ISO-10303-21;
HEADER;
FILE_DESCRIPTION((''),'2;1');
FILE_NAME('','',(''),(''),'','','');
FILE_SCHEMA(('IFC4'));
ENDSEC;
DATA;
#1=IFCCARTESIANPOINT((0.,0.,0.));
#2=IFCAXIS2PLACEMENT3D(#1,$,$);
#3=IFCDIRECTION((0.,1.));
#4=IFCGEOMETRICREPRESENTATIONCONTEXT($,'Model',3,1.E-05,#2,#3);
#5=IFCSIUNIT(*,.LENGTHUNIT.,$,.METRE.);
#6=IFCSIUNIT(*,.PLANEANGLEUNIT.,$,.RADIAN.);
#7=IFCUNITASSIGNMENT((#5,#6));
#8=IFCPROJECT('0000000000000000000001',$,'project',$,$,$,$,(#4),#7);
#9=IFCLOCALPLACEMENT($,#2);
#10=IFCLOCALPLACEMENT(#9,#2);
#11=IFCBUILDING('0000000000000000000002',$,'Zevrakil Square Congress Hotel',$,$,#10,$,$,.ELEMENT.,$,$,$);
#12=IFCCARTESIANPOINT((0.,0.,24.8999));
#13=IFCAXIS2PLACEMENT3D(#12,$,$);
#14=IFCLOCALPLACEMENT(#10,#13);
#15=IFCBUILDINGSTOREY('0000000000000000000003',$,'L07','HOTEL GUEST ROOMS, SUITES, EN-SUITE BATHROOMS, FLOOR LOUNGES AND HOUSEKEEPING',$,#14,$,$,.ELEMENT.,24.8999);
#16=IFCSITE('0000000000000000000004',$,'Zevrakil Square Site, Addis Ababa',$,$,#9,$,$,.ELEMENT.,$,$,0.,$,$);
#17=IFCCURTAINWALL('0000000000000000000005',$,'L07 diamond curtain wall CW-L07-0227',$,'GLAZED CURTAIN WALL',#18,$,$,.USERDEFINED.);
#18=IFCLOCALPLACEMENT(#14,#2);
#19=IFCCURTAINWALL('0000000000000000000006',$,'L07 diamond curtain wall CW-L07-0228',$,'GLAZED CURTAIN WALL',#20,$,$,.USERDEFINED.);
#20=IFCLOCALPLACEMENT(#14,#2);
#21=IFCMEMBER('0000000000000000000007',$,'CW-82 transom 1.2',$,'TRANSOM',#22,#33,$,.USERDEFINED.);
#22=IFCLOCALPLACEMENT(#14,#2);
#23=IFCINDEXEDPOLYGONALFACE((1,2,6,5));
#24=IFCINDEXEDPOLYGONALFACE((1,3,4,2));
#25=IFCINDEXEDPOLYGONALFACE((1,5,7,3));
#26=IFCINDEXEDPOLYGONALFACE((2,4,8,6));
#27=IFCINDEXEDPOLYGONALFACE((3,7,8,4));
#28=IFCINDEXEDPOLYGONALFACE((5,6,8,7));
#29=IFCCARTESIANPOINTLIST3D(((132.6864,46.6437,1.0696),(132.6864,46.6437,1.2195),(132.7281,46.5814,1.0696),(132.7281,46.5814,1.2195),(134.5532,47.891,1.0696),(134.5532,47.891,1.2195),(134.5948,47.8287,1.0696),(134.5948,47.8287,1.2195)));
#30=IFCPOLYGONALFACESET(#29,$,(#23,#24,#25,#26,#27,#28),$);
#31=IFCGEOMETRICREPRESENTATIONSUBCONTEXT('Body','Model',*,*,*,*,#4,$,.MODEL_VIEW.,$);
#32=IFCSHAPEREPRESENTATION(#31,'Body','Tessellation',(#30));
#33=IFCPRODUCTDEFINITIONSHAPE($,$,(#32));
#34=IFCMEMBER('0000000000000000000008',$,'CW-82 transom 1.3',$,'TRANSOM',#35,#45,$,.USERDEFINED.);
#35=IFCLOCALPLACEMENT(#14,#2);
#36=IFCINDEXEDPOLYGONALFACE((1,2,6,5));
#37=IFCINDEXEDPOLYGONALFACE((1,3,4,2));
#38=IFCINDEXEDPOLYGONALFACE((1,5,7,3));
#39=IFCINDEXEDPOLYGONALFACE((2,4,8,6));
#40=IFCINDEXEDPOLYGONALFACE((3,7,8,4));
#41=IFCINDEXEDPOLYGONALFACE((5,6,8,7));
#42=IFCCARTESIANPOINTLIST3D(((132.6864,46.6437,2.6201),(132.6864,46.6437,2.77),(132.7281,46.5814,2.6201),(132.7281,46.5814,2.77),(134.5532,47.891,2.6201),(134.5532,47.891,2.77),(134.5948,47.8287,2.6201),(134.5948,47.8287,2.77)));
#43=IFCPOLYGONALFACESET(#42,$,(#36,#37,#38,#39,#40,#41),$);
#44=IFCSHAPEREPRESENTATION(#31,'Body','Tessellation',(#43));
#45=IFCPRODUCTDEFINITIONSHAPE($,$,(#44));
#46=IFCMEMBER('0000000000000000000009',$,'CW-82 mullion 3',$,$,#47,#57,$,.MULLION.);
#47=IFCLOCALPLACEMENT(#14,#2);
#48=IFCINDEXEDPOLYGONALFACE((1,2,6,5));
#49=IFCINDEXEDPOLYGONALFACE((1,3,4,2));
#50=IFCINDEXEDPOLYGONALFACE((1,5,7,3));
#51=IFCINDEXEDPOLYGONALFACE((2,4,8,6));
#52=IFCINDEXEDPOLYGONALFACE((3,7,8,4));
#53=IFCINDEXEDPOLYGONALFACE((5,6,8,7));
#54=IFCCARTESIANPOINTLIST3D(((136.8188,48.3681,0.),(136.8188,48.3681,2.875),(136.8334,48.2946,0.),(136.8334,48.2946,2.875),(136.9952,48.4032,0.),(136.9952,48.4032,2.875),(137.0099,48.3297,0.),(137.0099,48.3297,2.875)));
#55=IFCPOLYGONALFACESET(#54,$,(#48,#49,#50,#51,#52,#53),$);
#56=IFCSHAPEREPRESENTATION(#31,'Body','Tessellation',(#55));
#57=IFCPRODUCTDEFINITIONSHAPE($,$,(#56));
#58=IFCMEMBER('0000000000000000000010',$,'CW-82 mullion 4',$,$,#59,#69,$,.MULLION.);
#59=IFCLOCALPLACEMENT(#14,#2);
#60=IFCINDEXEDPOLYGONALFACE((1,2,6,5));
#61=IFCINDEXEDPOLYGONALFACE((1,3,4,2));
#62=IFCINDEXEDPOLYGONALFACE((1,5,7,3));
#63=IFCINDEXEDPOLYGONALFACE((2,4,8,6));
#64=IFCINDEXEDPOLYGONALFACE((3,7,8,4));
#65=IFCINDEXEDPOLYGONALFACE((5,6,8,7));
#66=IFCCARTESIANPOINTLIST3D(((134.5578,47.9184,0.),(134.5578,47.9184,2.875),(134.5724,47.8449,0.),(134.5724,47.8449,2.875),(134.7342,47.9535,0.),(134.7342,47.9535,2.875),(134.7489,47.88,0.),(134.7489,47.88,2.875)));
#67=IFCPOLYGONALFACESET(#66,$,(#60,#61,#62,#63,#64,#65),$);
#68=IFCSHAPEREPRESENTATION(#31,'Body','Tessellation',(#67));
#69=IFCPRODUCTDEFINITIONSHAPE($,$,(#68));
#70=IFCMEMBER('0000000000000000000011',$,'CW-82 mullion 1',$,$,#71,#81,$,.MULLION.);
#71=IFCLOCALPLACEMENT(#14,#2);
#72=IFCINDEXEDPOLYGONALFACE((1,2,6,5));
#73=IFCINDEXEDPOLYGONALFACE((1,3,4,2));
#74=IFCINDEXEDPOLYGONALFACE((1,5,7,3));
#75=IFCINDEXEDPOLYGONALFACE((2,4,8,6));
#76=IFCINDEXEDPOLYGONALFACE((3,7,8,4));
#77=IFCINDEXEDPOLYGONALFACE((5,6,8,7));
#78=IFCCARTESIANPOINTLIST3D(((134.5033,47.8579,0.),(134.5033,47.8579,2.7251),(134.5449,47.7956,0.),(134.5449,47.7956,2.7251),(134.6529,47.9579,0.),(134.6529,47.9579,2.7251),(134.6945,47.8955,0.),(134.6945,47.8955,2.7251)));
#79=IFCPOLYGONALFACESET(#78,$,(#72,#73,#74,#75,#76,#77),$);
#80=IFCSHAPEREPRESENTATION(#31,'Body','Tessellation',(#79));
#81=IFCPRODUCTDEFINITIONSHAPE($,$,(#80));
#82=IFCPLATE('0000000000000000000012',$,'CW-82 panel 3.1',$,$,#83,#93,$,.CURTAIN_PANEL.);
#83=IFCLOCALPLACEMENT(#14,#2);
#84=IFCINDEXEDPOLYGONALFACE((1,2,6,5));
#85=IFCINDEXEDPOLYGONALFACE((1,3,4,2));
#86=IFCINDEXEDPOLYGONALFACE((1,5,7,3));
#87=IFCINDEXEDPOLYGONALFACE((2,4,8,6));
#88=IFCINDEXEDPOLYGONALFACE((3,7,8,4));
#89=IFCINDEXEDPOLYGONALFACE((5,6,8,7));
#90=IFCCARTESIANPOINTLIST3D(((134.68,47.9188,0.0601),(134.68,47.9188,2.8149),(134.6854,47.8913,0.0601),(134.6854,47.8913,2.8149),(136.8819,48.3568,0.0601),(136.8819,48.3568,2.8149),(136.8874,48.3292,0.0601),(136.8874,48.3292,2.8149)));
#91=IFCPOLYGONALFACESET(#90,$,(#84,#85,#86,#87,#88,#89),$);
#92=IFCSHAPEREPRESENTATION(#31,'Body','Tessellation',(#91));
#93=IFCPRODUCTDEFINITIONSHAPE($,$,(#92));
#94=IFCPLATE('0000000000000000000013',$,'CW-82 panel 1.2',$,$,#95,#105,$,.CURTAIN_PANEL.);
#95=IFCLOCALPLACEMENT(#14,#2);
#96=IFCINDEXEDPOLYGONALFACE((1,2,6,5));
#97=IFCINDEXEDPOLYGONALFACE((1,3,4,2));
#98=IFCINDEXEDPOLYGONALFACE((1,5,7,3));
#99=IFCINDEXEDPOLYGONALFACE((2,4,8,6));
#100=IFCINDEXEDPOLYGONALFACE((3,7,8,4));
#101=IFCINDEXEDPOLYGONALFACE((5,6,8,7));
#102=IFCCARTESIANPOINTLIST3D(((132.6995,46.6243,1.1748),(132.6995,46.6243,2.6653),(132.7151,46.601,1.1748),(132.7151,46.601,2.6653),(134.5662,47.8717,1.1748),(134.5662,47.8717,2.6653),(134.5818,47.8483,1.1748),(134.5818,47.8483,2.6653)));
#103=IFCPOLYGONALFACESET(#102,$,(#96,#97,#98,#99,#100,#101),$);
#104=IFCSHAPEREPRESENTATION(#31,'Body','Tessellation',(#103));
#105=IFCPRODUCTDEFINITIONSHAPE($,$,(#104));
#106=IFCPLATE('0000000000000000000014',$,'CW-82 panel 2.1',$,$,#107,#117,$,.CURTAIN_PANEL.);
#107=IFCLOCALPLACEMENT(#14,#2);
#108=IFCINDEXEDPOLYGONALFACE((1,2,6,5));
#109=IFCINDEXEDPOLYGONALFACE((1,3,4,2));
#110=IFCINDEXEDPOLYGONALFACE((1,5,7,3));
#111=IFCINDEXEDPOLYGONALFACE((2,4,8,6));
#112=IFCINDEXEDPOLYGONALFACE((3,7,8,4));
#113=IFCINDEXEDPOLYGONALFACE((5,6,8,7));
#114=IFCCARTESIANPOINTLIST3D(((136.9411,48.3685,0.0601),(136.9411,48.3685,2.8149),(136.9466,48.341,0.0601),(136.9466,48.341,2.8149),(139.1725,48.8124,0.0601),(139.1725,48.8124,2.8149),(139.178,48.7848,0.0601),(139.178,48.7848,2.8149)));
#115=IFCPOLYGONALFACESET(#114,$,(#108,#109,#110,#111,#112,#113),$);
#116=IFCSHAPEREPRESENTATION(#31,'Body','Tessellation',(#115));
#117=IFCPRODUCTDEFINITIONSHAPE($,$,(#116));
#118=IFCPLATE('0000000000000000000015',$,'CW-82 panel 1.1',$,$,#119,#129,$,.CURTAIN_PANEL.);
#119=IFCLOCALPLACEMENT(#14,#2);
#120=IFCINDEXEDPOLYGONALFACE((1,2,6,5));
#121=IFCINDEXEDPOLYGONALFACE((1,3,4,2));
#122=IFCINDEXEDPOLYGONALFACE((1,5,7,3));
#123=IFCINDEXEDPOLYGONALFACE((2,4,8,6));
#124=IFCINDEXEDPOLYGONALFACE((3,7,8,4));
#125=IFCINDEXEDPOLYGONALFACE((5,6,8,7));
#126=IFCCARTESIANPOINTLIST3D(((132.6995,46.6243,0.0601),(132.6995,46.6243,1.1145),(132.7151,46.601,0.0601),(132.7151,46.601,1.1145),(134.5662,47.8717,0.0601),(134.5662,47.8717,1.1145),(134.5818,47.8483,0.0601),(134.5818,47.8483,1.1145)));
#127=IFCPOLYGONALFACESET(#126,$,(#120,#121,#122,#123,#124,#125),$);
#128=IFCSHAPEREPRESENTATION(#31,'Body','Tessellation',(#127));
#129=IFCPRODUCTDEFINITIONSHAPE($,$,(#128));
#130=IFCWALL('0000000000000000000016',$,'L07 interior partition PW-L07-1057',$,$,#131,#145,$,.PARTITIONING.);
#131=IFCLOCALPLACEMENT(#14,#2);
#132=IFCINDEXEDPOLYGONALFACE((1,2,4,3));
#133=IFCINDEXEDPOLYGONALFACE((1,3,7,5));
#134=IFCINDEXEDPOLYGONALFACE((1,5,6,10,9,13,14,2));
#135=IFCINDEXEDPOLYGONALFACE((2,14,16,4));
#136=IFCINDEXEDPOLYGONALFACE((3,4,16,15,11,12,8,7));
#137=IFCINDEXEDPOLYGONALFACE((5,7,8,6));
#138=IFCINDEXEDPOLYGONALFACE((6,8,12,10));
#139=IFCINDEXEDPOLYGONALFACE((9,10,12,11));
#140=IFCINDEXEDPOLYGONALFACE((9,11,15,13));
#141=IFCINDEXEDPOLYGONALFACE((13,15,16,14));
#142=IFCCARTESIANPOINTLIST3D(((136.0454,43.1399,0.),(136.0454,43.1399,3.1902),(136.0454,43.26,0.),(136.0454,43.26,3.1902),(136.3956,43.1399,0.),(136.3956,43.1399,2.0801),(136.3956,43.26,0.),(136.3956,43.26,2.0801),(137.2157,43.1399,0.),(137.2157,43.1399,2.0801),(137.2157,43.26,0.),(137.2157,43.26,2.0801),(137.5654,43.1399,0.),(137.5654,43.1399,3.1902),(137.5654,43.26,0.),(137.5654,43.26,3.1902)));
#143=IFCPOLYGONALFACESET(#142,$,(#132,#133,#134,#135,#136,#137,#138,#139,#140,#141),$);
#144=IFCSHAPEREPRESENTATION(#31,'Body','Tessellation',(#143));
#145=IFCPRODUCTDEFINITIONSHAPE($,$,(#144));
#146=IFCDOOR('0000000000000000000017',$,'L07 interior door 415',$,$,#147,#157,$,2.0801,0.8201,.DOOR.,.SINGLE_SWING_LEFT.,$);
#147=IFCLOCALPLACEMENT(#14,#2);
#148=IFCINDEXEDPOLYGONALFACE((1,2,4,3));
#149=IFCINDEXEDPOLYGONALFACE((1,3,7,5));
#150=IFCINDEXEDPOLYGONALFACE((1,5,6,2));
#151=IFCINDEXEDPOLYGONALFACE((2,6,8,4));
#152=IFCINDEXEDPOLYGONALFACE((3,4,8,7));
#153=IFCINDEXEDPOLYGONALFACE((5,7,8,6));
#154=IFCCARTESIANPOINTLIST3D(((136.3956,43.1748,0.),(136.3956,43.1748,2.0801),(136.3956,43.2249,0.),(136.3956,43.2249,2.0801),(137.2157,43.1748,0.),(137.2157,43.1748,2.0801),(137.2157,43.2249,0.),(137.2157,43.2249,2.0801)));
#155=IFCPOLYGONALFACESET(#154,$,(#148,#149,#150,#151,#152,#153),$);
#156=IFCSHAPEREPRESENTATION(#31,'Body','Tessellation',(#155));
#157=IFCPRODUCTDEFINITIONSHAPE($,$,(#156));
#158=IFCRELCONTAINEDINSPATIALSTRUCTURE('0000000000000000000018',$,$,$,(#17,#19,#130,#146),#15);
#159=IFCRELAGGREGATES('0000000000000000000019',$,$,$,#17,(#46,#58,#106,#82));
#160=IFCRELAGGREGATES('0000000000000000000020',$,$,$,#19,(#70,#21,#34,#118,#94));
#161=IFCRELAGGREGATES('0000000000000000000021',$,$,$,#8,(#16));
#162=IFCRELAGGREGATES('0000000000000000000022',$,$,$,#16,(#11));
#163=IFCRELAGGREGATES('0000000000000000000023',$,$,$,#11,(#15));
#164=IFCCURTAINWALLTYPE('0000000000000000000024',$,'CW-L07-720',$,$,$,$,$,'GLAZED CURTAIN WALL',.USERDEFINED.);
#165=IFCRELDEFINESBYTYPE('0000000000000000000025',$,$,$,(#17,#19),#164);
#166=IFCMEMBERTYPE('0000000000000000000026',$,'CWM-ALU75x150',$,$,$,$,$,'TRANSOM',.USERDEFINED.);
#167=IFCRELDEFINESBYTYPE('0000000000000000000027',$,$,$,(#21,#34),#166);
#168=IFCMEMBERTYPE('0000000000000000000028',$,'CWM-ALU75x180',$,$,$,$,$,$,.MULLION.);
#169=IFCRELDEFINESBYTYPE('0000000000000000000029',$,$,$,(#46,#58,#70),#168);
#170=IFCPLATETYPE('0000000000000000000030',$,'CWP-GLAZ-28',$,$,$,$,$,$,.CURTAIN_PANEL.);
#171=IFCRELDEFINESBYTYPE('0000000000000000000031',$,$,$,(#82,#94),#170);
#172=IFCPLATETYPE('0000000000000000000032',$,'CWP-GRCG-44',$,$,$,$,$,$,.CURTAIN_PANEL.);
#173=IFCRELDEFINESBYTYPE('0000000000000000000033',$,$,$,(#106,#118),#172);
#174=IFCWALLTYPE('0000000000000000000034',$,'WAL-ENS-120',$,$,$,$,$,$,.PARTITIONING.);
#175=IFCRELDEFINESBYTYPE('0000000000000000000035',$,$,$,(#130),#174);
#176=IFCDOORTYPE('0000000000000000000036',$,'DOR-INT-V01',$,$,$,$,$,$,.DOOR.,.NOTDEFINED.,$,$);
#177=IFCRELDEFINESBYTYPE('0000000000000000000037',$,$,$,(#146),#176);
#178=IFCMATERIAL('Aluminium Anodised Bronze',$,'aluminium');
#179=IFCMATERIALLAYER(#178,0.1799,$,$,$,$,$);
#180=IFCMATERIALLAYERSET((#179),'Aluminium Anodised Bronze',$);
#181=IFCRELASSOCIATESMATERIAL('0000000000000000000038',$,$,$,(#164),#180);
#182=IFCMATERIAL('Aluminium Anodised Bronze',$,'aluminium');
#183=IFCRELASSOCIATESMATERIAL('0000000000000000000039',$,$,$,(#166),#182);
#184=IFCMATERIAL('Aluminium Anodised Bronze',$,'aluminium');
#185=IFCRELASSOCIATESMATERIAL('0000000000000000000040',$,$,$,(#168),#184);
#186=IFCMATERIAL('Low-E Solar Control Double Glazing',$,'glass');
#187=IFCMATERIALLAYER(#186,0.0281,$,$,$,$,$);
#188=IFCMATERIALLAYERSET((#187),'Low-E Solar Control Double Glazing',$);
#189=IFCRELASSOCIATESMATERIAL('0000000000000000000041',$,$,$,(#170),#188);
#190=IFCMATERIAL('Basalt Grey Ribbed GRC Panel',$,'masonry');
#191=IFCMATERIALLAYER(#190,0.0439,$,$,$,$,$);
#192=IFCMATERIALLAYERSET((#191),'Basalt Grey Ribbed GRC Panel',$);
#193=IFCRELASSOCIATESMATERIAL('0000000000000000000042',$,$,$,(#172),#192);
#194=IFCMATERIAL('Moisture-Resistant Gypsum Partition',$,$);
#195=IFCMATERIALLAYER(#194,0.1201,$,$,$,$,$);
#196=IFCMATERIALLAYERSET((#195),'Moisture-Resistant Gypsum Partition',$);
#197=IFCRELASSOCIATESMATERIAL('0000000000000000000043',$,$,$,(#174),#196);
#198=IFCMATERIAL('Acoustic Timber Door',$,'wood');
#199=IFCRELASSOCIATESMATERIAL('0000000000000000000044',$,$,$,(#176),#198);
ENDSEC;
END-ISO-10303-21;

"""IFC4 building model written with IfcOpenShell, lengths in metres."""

from ifc_helpers import new_model, si_unit, direction, frame, frame_2d, origin, origin_2d, place, context, subcontext, project, spatial, rectangle, extrude, material, layer, layer_set, material_profile, profile_set, type_object, element, fill, aggregate, save


model = new_model("IFC4")

# Units and contexts
model_context = context("Model", 3, precision=1e-05, world=origin(), true_north=direction((0.0, 1.0)))
body_context = subcontext(model_context, "Body", "Model", "MODEL_VIEW")
ifc_project = project(units=[si_unit("LENGTHUNIT", "METRE"), si_unit("PLANEANGLEUNIT", "RADIAN")], contexts=[model_context])

# Site, building, storey
site_placement = place(None, origin())
site = spatial("IfcSite", under=ifc_project, at=site_placement, Name="Zevrakil Square Site, Addis Ababa", CompositionType="ELEMENT", RefElevation=0.0)
building_placement = place(site_placement, origin())
building = spatial("IfcBuilding", under=site, at=building_placement, Name="Zevrakil Square Congress Hotel", CompositionType="ELEMENT")
storey_placement = place(building_placement, frame((0.0, 0.0, 24.8999)))
storey = spatial("IfcBuildingStorey", under=building, at=storey_placement, Name="L07", Description="HOTEL GUEST ROOMS, SUITES, EN-SUITE BATHROOMS, FLOOR LOUNGES AND HOUSEKEEPING", CompositionType="ELEMENT", Elevation=24.8999)

# Curtain walls, members
ifc_material_1 = material(Name="Aluminium Anodised Bronze", Category="aluminium")
ifc_layer_1 = layer(ifc_material_1, 0.1799)
ifc_layer_set_1 = layer_set([ifc_layer_1], Name="Aluminium Anodised Bronze")
curtain_wall_type = type_object("IfcCurtainWallType", Name="CW-L07-720", ElementType="GLAZED CURTAIN WALL", PredefinedType="USERDEFINED", material=ifc_layer_set_1)
curtain_wall_1_placement = place(storey_placement, origin())
curtain_wall_1 = element("IfcCurtainWall", 1, at=curtain_wall_1_placement, inside=storey, type_object=curtain_wall_type, Name="L07 diamond curtain wall CW-L07-0227", ObjectType="GLAZED CURTAIN WALL", PredefinedType="USERDEFINED")
ifc_material_2 = material(Name="Aluminium Anodised Bronze", Category="aluminium")
ifc_material_profile_1 = material_profile(ifc_material_2, rectangle(XDim=0.075, YDim=0.1499, at=origin_2d()), Name="ALU 75x150")
ifc_profile_set_1 = profile_set([ifc_material_profile_1], Name="Aluminium Anodised Bronze")
member_type_1 = type_object("IfcMemberType", Name="CWM-ALU75x150", ElementType="TRANSOM", PredefinedType="USERDEFINED", material=ifc_profile_set_1)
curtain_wall_2_placement = place(storey_placement, origin())
curtain_wall_2 = element("IfcCurtainWall", 2, at=curtain_wall_2_placement, inside=storey, type_object=curtain_wall_type, Name="L07 diamond curtain wall CW-L07-0228", ObjectType="GLAZED CURTAIN WALL", PredefinedType="USERDEFINED")
member_1_placement = place(storey_placement, frame((134.574, 47.8599, 1.1445), z_axis=(-0.831464, -0.555578, 0.0), x_axis=(0.555578, -0.831464, 0.0)))
member_1 = element("IfcMember", 3, at=member_1_placement, type_object=member_type_1, Name="CW-82 transom 1.2", ObjectType="TRANSOM", PredefinedType="USERDEFINED", context=body_context, shape_type="SweptSolid", body=[
    extrude(rectangle(XDim=0.075, YDim=0.1499, at=origin_2d()), origin(), (0.0, 0.0, 1.0), 2.2451),
])
member_2_placement = place(storey_placement, frame((134.574, 47.8599, 2.6951), z_axis=(-0.831464, -0.555578, 0.0), x_axis=(0.555578, -0.831464, 0.0)))
member_2 = element("IfcMember", 4, at=member_2_placement, type_object=member_type_1, Name="CW-82 transom 1.3", ObjectType="TRANSOM", PredefinedType="USERDEFINED", context=body_context, shape_type="SweptSolid", body=[
    extrude(rectangle(XDim=0.075, YDim=0.1499, at=origin_2d()), origin(), (0.0, 0.0, 1.0), 2.2451),
])

# Members
ifc_material_3 = material(Name="Aluminium Anodised Bronze", Category="aluminium")
ifc_material_profile_2 = material_profile(ifc_material_3, rectangle(XDim=0.075, YDim=0.1799, at=origin_2d()), Name="ALU 75x180")
ifc_profile_set_2 = profile_set([ifc_material_profile_2], Name="Aluminium Anodised Bronze")
member_type_2 = type_object("IfcMemberType", Name="CWM-ALU75x180", PredefinedType="MULLION", material=ifc_profile_set_2)
member_3_placement = place(storey_placement, frame((136.9143, 48.3489, 0.0), z_axis=(0.0, 0.0, 1.0), x_axis=(0.195084, -0.980787, 0.0)))
member_3 = element("IfcMember", 5, at=member_3_placement, type_object=member_type_2, Name="CW-82 mullion 3", PredefinedType="MULLION", context=body_context, shape_type="SweptSolid", body=[
    extrude(rectangle(XDim=0.075, YDim=0.1799, at=origin_2d()), origin(), (0.0, 0.0, 1.0), 2.875),
])
member_4_placement = place(storey_placement, frame((134.6533, 47.8992, 0.0), z_axis=(0.0, 0.0, 1.0), x_axis=(0.195084, -0.980787, 0.0)))
member_4 = element("IfcMember", 6, at=member_4_placement, type_object=member_type_2, Name="CW-82 mullion 4", PredefinedType="MULLION", context=body_context, shape_type="SweptSolid", body=[
    extrude(rectangle(XDim=0.075, YDim=0.1799, at=origin_2d()), origin(), (0.0, 0.0, 1.0), 2.875),
])
member_5_placement = place(storey_placement, frame((134.5989, 47.8767, 0.0), z_axis=(0.0, 0.0, 1.0), x_axis=(0.555576, -0.831466, 0.0)))
member_5 = element("IfcMember", 7, at=member_5_placement, type_object=member_type_2, Name="CW-82 mullion 1", PredefinedType="MULLION", context=body_context, shape_type="SweptSolid", body=[
    extrude(rectangle(XDim=0.075, YDim=0.1799, at=origin_2d()), origin(), (0.0, 0.0, 1.0), 2.7251),
])

# Plates
ifc_material_4 = material(Name="Low-E Solar Control Double Glazing", Category="glass")
ifc_layer_2 = layer(ifc_material_4, 0.0281)
ifc_layer_set_2 = layer_set([ifc_layer_2], Name="Low-E Solar Control Double Glazing")
plate_type_1 = type_object("IfcPlateType", Name="CWP-GLAZ-28", PredefinedType="CURTAIN_PANEL", material=ifc_layer_set_2)
plate_1_placement = place(storey_placement, frame((135.7837, 48.124, 0.0601), z_axis=(0.0, 0.0, 1.0), x_axis=(-0.980787, -0.195084, 0.0)))
plate_1 = element("IfcPlate", 8, at=plate_1_placement, type_object=plate_type_1, Name="CW-82 panel 3.1", PredefinedType="CURTAIN_PANEL", context=body_context, shape_type="SweptSolid", body=[
    extrude(rectangle(XDim=2.2451, YDim=0.0281, at=origin_2d()), origin(), (0.0, 0.0, 1.0), 2.7549),
])
plate_2_placement = place(storey_placement, frame((133.6406, 47.2363, 1.1748), z_axis=(0.0, 0.0, 1.0), x_axis=(-0.831466, -0.555576, 0.0)))
plate_2 = element("IfcPlate", 9, at=plate_2_placement, type_object=plate_type_1, Name="CW-82 panel 1.2", PredefinedType="CURTAIN_PANEL", context=body_context, shape_type="SweptSolid", body=[
    extrude(rectangle(XDim=2.2451, YDim=0.0281, at=origin_2d()), origin(), (0.0, 0.0, 1.0), 1.4905),
])
ifc_material_5 = material(Name="Basalt Grey Ribbed GRC Panel", Category="masonry")
ifc_layer_3 = layer(ifc_material_5, 0.0439)
ifc_layer_set_3 = layer_set([ifc_layer_3], Name="Basalt Grey Ribbed GRC Panel")
plate_type_2 = type_object("IfcPlateType", Name="CWP-GRCG-44", PredefinedType="CURTAIN_PANEL", material=ifc_layer_set_3)
plate_3_placement = place(storey_placement, frame((138.0596, 48.5767, 0.0601), z_axis=(0.0, 0.0, 1.0), x_axis=(-0.980787, -0.195084, 0.0)))
plate_3 = element("IfcPlate", 10, at=plate_3_placement, type_object=plate_type_2, Name="CW-82 panel 2.1", PredefinedType="CURTAIN_PANEL", context=body_context, shape_type="SweptSolid", body=[
    extrude(rectangle(XDim=2.2751, YDim=0.0281, at=origin_2d()), origin(), (0.0, 0.0, 1.0), 2.7549),
])
aggregate(curtain_wall_1, [member_3, member_4, plate_3, plate_1])
plate_4_placement = place(storey_placement, frame((133.6406, 47.2363, 0.0601), z_axis=(0.0, 0.0, 1.0), x_axis=(-0.831466, -0.555576, 0.0)))
plate_4 = element("IfcPlate", 11, at=plate_4_placement, type_object=plate_type_2, Name="CW-82 panel 1.1", PredefinedType="CURTAIN_PANEL", context=body_context, shape_type="SweptSolid", body=[
    extrude(rectangle(XDim=2.2451, YDim=0.0281, at=origin_2d()), origin(), (0.0, 0.0, 1.0), 1.0544),
])
aggregate(curtain_wall_2, [member_5, member_1, member_2, plate_4, plate_2])

# Wall, opening, door
ifc_material_6 = material(Name="Moisture-Resistant Gypsum Partition")
ifc_layer_4 = layer(ifc_material_6, 0.1201)
ifc_layer_set_4 = layer_set([ifc_layer_4], Name="Moisture-Resistant Gypsum Partition")
wall_type = type_object("IfcWallType", Name="WAL-ENS-120", PredefinedType="PARTITIONING", material=ifc_layer_set_4)
wall_1_placement = place(storey_placement, frame((136.0454, 43.2, 0.0), z_axis=(0.0, 0.0, 1.0), x_axis=(1.0, 0.0, 0.0)))
wall_1 = element("IfcWall", 12, at=wall_1_placement, inside=storey, type_object=wall_type, Name="L07 interior partition PW-L07-1057", PredefinedType="PARTITIONING", context=body_context, shape_type="SweptSolid", body=[
    extrude(rectangle(XDim=1.52, YDim=0.1201, at=frame_2d((0.76, 0.0))), origin(), (0.0, 0.0, 1.0), 3.1902),
])
opening_1_placement = place(wall_1_placement, frame((0.3501, 0.0, 0.0)))
opening_1 = element("IfcOpeningElement", 13, at=opening_1_placement, cuts=wall_1, PredefinedType="OPENING", context=body_context, shape_type="SweptSolid", body=[
    extrude(rectangle(XDim=0.8201, YDim=2.0801, at=frame_2d((0.4102, 1.04))), frame((0.0, 0.0701, 0.0), z_axis=(0.0, -1.0, 0.0), x_axis=(1.0, 0.0, 0.0)), (0.0, 0.0, 1.0), 0.1401),
])
ifc_material_7 = material(Name="Acoustic Timber Door", Category="wood")
door_type = type_object("IfcDoorType", Name="DOR-INT-V01", OperationType="NOTDEFINED", PredefinedType="DOOR", material=ifc_material_7)
door_1_placement = place(opening_1_placement, origin())
door_1 = element("IfcDoor", 14, at=door_1_placement, inside=storey, type_object=door_type, Name="L07 interior door 415", OperationType="SINGLE_SWING_LEFT", OverallHeight=2.0801, OverallWidth=0.8201, PredefinedType="DOOR", context=body_context, shape_type="SweptSolid", body=[
    extrude(rectangle(XDim=0.8201, YDim=2.0801, at=frame_2d((0.4102, 1.04))), frame((0.0, 0.0249, 0.0), z_axis=(0.0, -1.0, 0.0), x_axis=(1.0, 0.0, 0.0)), (0.0, 0.0, 1.0), 0.05),
])
fill(opening_1, door_1)

save(model, "model.ifc")
